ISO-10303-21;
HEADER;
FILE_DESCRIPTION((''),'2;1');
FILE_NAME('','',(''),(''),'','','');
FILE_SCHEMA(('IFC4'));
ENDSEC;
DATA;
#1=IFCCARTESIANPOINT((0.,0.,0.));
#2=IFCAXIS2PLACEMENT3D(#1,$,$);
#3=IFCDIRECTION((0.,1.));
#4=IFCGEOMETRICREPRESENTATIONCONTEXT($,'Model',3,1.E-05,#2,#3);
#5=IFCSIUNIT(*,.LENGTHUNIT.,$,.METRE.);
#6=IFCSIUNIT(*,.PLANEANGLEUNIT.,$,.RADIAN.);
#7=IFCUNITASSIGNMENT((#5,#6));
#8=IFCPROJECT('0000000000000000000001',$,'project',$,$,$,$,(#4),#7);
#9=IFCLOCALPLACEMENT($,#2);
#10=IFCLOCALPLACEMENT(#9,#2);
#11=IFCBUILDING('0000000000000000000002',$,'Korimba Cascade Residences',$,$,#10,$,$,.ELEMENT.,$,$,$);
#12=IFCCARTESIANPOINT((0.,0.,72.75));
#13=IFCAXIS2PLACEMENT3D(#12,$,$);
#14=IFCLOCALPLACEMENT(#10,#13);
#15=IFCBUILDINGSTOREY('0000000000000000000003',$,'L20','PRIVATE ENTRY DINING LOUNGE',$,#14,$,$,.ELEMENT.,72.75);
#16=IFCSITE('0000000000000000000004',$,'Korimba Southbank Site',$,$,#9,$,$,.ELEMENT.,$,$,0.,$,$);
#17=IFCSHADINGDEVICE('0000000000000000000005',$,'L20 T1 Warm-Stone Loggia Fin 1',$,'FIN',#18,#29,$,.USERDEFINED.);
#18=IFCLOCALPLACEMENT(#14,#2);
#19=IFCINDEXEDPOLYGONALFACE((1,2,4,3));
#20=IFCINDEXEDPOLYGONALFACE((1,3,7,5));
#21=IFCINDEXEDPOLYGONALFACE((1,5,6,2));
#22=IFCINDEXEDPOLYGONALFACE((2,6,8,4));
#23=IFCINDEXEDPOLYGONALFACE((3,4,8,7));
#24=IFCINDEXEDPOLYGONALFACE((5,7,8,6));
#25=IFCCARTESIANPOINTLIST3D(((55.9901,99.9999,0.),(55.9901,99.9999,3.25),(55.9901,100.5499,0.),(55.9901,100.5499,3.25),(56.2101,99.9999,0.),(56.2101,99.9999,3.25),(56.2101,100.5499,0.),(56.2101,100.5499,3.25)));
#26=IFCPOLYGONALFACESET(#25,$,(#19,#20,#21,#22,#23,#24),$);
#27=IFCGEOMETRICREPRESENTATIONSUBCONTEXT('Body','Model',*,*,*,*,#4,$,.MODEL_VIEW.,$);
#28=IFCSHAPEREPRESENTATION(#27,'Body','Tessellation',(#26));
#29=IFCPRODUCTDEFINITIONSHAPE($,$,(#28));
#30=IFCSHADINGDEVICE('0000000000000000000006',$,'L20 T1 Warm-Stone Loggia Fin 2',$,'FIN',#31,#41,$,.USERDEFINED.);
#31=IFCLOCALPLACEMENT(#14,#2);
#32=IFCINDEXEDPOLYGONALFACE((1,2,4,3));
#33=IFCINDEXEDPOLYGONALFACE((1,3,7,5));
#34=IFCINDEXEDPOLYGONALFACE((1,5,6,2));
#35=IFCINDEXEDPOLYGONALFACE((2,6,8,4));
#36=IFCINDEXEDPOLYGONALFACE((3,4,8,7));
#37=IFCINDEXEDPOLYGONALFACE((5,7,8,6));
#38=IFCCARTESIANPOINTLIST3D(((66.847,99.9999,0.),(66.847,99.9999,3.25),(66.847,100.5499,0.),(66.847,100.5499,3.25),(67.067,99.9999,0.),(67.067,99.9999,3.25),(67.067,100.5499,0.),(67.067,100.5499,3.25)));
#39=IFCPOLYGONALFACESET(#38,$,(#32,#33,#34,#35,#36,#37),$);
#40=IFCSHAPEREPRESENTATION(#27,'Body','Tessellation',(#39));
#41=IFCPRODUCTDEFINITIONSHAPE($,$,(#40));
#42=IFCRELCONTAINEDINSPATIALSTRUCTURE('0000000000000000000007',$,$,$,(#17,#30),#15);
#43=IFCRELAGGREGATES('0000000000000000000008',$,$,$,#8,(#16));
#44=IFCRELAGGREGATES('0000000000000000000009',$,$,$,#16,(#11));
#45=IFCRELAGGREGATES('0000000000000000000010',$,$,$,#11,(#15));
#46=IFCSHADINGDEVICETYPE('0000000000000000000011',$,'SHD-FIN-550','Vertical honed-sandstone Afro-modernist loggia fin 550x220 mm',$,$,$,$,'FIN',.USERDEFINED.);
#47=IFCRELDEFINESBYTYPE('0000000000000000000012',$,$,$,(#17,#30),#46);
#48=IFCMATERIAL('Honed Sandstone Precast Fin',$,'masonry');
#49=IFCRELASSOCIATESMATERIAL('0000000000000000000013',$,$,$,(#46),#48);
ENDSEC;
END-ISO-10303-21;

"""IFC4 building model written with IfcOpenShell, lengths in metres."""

from ifc_helpers import new_model, si_unit, direction, frame, origin, origin_2d, place, context, subcontext, project, spatial, rectangle, extrude, material, type_object, element, save


model = new_model("IFC4")

# Units and contexts
model_context = context("Model", 3, precision=1e-05, world=origin(), true_north=direction((0.0, 1.0)))
body_context = subcontext(model_context, "Body", "Model", "MODEL_VIEW")
ifc_project = project(units=[si_unit("LENGTHUNIT", "METRE"), si_unit("PLANEANGLEUNIT", "RADIAN")], contexts=[model_context])

# Site, building, storey
site_placement = place(None, origin())
site = spatial("IfcSite", under=ifc_project, at=site_placement, Name="Korimba Southbank Site", CompositionType="ELEMENT", RefElevation=0.0)
building_placement = place(site_placement, origin())
building = spatial("IfcBuilding", under=site, at=building_placement, Name="Korimba Cascade Residences", CompositionType="ELEMENT")
storey_placement = place(building_placement, frame((0.0, 0.0, 72.75)))
storey = spatial("IfcBuildingStorey", under=building, at=storey_placement, Name="L20", Description="PRIVATE ENTRY DINING LOUNGE", CompositionType="ELEMENT", Elevation=72.75)

# Shading devices
ifc_material_1 = material(Name="Honed Sandstone Precast Fin", Category="masonry")
shading_device_type = type_object("IfcShadingDeviceType", Name="SHD-FIN-550", Description="Vertical honed-sandstone Afro-modernist loggia fin 550x220 mm", ElementType="FIN", PredefinedType="USERDEFINED", material=ifc_material_1)
for number, where, z_axis, x_axis, name in (
    (1, (56.1001, 100.2749, 0.0), (0.0, 0.0, 1.0), (1.0, 0.0, 0.0), "L20 T1 Warm-Stone Loggia Fin 1"),
    (2, (66.957, 100.2749, 0.0), (0.0, 0.0, 1.0), (1.0, 0.0, 0.0), "L20 T1 Warm-Stone Loggia Fin 2"),
):
    element("IfcShadingDevice", number, at=place(storey_placement, frame(where, z_axis=z_axis, x_axis=x_axis)), inside=storey, type_object=shading_device_type, Name=name, ObjectType="FIN", PredefinedType="USERDEFINED", context=body_context, shape_type="SweptSolid", body=[
        extrude(rectangle(XDim=0.22, YDim=0.55, at=origin_2d()), origin(), (0.0, 0.0, 1.0), 3.25),
    ])

save(model, "model.ifc")
